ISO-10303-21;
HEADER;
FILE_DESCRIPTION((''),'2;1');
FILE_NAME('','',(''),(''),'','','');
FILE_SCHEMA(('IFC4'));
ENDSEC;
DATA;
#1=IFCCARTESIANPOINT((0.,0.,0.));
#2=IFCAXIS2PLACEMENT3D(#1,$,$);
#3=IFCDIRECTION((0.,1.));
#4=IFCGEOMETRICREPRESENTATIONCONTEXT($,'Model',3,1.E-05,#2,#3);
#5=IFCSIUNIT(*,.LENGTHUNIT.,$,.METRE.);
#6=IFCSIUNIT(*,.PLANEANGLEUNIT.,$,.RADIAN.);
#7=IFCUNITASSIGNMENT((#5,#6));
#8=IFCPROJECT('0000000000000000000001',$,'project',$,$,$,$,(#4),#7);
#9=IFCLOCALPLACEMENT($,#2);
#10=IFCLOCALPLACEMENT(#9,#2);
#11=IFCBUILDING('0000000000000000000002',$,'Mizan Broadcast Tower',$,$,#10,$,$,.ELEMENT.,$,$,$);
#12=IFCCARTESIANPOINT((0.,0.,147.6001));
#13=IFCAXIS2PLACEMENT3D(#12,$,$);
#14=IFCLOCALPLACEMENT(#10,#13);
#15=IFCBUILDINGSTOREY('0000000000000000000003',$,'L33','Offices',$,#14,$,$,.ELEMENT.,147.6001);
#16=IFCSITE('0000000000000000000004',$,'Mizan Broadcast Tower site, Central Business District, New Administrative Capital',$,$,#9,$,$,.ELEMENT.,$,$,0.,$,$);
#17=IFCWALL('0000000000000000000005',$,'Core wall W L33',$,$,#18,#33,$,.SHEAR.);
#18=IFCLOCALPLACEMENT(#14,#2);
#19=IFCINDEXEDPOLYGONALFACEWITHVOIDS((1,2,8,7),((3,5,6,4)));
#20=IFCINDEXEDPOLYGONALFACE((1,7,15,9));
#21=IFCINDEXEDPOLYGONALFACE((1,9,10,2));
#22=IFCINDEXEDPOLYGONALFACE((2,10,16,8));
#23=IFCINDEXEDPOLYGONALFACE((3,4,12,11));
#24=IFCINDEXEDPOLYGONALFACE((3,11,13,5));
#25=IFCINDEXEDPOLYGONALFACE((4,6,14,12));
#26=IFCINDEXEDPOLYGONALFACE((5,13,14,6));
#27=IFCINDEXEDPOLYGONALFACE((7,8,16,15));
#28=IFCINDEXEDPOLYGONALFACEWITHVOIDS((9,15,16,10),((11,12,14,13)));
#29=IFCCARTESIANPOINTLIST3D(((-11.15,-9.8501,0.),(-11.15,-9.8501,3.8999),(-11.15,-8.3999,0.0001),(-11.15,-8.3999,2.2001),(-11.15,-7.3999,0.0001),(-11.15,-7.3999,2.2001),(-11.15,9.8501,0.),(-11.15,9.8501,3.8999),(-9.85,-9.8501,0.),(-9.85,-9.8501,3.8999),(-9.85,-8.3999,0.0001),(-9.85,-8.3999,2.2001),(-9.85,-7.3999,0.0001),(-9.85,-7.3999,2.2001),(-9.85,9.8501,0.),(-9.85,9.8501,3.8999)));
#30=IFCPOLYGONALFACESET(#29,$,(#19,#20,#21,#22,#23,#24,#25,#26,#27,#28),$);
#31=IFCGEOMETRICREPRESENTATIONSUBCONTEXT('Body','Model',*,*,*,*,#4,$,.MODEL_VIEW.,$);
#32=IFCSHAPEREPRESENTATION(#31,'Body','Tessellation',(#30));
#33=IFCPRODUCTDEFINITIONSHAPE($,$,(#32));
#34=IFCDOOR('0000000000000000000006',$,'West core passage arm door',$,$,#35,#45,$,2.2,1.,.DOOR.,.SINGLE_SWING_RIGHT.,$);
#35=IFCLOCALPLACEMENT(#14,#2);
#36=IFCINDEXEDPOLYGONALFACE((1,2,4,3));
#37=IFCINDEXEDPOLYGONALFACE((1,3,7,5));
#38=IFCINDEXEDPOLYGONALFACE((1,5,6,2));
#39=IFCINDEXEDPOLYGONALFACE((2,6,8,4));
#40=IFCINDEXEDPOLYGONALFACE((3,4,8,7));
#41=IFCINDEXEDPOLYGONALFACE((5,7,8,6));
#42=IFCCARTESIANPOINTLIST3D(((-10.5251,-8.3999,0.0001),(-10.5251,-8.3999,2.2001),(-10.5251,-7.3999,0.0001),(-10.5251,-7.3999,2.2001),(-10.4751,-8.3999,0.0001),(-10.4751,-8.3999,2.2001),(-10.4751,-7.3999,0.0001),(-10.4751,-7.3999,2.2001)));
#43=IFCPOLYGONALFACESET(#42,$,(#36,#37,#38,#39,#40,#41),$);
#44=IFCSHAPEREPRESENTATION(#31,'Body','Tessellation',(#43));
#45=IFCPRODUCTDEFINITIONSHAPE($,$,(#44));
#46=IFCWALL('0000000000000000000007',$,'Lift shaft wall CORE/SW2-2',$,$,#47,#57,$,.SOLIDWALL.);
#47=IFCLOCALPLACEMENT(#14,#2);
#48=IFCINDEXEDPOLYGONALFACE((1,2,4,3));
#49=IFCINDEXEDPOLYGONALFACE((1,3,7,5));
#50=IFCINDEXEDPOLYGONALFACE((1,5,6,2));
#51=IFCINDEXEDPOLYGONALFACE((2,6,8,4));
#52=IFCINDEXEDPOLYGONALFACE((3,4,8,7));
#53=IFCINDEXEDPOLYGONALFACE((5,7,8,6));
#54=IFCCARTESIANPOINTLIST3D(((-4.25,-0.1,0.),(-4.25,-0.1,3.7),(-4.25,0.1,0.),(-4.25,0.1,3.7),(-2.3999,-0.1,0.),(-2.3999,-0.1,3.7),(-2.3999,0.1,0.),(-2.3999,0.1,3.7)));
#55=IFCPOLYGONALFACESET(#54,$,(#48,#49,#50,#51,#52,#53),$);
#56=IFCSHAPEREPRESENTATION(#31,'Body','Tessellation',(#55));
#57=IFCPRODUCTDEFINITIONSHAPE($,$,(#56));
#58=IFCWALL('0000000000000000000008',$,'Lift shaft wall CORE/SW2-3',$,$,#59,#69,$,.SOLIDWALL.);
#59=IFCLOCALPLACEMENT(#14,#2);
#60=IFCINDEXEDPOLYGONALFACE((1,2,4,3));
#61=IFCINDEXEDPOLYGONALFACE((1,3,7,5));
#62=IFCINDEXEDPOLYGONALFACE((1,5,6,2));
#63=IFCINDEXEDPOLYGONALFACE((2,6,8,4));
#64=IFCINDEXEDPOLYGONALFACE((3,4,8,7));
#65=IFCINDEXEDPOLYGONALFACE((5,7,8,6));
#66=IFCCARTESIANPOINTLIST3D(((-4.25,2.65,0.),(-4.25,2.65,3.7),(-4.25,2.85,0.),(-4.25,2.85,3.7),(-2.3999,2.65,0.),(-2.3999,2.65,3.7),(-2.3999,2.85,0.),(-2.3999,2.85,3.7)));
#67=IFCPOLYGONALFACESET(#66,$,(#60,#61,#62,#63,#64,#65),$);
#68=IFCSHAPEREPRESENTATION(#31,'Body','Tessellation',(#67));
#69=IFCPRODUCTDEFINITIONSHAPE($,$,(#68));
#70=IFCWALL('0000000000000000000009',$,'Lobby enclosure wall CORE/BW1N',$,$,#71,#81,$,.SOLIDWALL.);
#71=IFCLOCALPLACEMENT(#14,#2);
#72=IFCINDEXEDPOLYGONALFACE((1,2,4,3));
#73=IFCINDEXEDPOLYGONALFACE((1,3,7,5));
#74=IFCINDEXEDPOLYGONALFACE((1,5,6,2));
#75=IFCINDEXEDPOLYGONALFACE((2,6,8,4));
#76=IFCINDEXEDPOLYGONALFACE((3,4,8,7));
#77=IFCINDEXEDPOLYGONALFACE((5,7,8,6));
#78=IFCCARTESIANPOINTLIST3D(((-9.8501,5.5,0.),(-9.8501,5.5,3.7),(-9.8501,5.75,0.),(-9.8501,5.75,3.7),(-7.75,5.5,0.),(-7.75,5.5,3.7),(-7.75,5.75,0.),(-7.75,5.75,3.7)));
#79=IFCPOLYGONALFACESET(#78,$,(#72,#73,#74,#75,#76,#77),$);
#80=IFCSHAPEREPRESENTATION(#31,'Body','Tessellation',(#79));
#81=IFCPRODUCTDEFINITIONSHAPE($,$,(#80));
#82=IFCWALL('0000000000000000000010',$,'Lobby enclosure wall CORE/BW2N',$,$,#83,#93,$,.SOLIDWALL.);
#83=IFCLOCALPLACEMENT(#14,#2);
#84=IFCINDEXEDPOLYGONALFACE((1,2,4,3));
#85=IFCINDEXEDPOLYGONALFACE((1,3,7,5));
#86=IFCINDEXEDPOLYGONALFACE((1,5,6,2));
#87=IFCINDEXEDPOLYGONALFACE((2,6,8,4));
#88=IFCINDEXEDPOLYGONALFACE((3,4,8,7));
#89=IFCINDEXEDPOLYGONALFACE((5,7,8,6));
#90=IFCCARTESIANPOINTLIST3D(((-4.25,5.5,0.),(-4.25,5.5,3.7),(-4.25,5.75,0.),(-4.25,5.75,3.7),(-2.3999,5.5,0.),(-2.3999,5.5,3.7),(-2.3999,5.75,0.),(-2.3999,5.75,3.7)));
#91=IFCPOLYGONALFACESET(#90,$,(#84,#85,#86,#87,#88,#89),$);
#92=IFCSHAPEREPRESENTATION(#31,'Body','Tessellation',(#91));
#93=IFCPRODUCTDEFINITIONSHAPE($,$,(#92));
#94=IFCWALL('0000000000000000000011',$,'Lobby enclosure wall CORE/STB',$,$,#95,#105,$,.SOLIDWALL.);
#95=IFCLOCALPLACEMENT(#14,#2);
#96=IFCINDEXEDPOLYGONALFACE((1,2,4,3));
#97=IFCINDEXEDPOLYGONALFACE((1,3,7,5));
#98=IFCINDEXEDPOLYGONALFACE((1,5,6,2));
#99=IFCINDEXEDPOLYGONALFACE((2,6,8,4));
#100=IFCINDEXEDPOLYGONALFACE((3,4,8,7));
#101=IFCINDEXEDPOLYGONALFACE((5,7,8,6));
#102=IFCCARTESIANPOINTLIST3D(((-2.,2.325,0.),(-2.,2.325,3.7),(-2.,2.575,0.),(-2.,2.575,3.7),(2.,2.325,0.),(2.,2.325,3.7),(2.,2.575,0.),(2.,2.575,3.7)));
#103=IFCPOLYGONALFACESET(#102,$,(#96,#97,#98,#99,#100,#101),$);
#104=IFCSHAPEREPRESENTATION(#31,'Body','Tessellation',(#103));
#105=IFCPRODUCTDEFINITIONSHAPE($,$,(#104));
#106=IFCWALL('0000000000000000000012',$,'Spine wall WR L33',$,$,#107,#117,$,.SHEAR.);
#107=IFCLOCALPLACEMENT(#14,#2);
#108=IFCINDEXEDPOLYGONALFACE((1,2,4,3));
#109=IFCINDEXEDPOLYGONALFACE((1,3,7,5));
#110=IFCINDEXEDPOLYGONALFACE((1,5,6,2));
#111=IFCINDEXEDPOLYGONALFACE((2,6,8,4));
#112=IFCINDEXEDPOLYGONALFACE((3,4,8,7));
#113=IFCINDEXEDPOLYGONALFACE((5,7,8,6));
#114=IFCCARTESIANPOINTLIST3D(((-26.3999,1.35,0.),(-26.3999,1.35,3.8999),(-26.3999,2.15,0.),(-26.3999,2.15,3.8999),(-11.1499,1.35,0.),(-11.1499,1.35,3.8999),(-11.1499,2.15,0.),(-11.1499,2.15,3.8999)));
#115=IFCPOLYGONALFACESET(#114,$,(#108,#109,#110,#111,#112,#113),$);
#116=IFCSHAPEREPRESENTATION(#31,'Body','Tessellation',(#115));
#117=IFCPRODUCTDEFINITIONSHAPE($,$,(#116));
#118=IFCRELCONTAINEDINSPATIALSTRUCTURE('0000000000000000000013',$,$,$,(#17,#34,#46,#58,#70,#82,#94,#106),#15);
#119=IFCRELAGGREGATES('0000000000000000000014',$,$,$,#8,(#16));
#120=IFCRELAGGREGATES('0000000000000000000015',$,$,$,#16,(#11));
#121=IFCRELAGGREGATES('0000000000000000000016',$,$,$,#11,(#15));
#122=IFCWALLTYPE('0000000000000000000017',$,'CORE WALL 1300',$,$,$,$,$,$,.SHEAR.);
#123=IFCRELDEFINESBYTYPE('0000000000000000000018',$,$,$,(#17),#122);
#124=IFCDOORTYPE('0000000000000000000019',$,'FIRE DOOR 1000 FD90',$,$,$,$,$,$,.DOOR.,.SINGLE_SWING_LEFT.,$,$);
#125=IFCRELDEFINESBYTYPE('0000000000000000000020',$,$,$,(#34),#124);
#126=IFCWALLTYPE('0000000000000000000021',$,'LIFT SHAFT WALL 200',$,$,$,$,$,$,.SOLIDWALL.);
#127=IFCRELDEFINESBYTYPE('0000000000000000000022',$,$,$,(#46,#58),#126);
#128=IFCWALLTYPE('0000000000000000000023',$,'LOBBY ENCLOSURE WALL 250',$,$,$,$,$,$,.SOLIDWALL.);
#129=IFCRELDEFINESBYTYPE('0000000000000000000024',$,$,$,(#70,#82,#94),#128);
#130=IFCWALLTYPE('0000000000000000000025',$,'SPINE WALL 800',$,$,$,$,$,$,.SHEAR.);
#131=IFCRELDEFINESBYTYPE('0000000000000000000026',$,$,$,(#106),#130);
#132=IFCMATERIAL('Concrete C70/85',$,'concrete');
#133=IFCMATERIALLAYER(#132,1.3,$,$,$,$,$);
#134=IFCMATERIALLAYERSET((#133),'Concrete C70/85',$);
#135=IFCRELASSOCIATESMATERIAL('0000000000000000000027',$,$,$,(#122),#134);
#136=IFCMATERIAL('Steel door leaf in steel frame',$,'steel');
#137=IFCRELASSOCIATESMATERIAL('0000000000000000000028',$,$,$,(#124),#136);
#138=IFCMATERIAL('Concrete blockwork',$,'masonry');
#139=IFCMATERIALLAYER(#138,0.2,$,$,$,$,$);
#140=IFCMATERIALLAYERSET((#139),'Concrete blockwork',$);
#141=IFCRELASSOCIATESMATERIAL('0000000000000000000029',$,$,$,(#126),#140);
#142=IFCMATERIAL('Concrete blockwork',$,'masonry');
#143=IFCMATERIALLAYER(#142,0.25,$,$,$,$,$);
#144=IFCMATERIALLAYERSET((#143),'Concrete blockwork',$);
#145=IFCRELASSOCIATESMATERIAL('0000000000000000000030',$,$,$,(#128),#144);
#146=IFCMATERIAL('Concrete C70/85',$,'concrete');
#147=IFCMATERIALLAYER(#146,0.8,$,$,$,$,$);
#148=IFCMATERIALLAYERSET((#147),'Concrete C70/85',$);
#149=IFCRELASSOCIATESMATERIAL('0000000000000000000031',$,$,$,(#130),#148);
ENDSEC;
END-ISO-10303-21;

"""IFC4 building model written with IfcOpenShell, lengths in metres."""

from ifc_helpers import new_model, si_unit, direction, frame, frame_2d, origin, place, context, subcontext, project, spatial, rectangle, extrude, material, layer, layer_set, type_object, element, fill, save


model = new_model("IFC4")

# Units and contexts
model_context = context("Model", 3, precision=1e-05, world=origin(), true_north=direction((0.0, 1.0)))
body_context = subcontext(model_context, "Body", "Model", "MODEL_VIEW")
ifc_project = project(units=[si_unit("LENGTHUNIT", "METRE"), si_unit("PLANEANGLEUNIT", "RADIAN")], contexts=[model_context])

# Site, building, storey
site_placement = place(None, origin())
site = spatial("IfcSite", under=ifc_project, at=site_placement, Name="Mizan Broadcast Tower site, Central Business District, New Administrative Capital", CompositionType="ELEMENT", RefElevation=0.0)
building_placement = place(site_placement, origin())
building = spatial("IfcBuilding", under=site, at=building_placement, Name="Mizan Broadcast Tower", CompositionType="ELEMENT")
storey_placement = place(building_placement, frame((0.0, 0.0, 147.6001)))
storey = spatial("IfcBuildingStorey", under=building, at=storey_placement, Name="L33", Description="Offices", CompositionType="ELEMENT", Elevation=147.6001)

# Shared definitions
ifc_material_1 = material(Name="Concrete C70/85", Category="concrete")
ifc_layer_1 = layer(ifc_material_1, 1.3)
ifc_layer_set_1 = layer_set([ifc_layer_1], Name="Concrete C70/85")
wall_type_1 = type_object("IfcWallType", Name="CORE WALL 1300", PredefinedType="SHEAR", material=ifc_layer_set_1)

# Wall, opening, door
wall_1_placement = place(storey_placement, frame((-10.5, 9.8501, 0.0), z_axis=(0.0, 0.0, 1.0), x_axis=(0.0, -1.0, 0.0)))
wall_1 = element("IfcWall", 1, at=wall_1_placement, inside=storey, type_object=wall_type_1, Name="Core wall W L33", PredefinedType="SHEAR", context=body_context, shape_type="SweptSolid", body=[
    extrude(rectangle(XDim=19.7002, YDim=1.3, at=frame_2d((9.8501, 0.0))), origin(), (0.0, 0.0, 1.0), 3.8999),
])
opening_1_placement = place(wall_1_placement, frame((17.25, 0.0, 0.0)))
opening_1 = element("IfcOpeningElement", 2, at=opening_1_placement, cuts=wall_1, PredefinedType="OPENING", context=body_context, shape_type="SweptSolid", body=[
    extrude(rectangle(XDim=1.0, YDim=2.2, at=frame_2d((0.5, 1.1001))), frame((0.0, 0.6599, 0.0), z_axis=(0.0, -1.0, 0.0), x_axis=(1.0, 0.0, 0.0)), (0.0, 0.0, 1.0), 1.3201),
])
ifc_material_2 = material(Name="Steel door leaf in steel frame", Category="steel")
door_type_1 = type_object("IfcDoorType", Name="FIRE DOOR 1000 FD90", OperationType="SINGLE_SWING_LEFT", PredefinedType="DOOR", material=ifc_material_2)
door_1_placement = place(opening_1_placement, origin())
door_1 = element("IfcDoor", 3, at=door_1_placement, inside=storey, type_object=door_type_1, Name="West core passage arm door", OperationType="SINGLE_SWING_RIGHT", OverallHeight=2.2, OverallWidth=1.0, PredefinedType="DOOR", context=body_context, shape_type="SweptSolid", body=[
    extrude(rectangle(XDim=1.0, YDim=2.2, at=frame_2d((0.5, 1.1001))), frame((0.0, 0.0249, 0.0), z_axis=(0.0, -1.0, 0.0), x_axis=(1.0, 0.0, 0.0)), (0.0, 0.0, 1.0), 0.05),
])
fill(opening_1, door_1)

# Walls
ifc_material_3 = material(Name="Concrete blockwork", Category="masonry")
ifc_layer_2 = layer(ifc_material_3, 0.2)
ifc_layer_set_2 = layer_set([ifc_layer_2], Name="Concrete blockwork")
wall_type_2 = type_object("IfcWallType", Name="LIFT SHAFT WALL 200", PredefinedType="SOLIDWALL", material=ifc_layer_set_2)
for number, where, z_axis, x_axis, name in (
    (4, (-4.25, 0.0, 0.0), (0.0, 0.0, 1.0), (1.0, 0.0, 0.0), "Lift shaft wall CORE/SW2-2"),
    (5, (-4.25, 2.75, 0.0), (0.0, 0.0, 1.0), (1.0, 0.0, 0.0), "Lift shaft wall CORE/SW2-3"),
):
    element("IfcWall", number, at=place(storey_placement, frame(where, z_axis=z_axis, x_axis=x_axis)), inside=storey, type_object=wall_type_2, Name=name, PredefinedType="SOLIDWALL", context=body_context, shape_type="SweptSolid", body=[
        extrude(rectangle(XDim=1.8501, YDim=0.2, at=frame_2d((0.925, 0.0))), origin(), (0.0, 0.0, 1.0), 3.7),
    ])
ifc_material_4 = material(Name="Concrete blockwork", Category="masonry")
ifc_layer_3 = layer(ifc_material_4, 0.25)
ifc_layer_set_3 = layer_set([ifc_layer_3], Name="Concrete blockwork")
wall_type_3 = type_object("IfcWallType", Name="LOBBY ENCLOSURE WALL 250", PredefinedType="SOLIDWALL", material=ifc_layer_set_3)
wall_2_placement = place(storey_placement, frame((-9.8501, 5.625, 0.0), z_axis=(0.0, 0.0, 1.0), x_axis=(1.0, 0.0, 0.0)))
element("IfcWall", 6, at=wall_2_placement, inside=storey, type_object=wall_type_3, Name="Lobby enclosure wall CORE/BW1N", PredefinedType="SOLIDWALL", context=body_context, shape_type="SweptSolid", body=[
    extrude(rectangle(XDim=2.1001, YDim=0.25, at=frame_2d((1.05, 0.0))), origin(), (0.0, 0.0, 1.0), 3.7),
])
wall_3_placement = place(storey_placement, frame((-4.25, 5.625, 0.0), z_axis=(0.0, 0.0, 1.0), x_axis=(1.0, 0.0, 0.0)))
element("IfcWall", 7, at=wall_3_placement, inside=storey, type_object=wall_type_3, Name="Lobby enclosure wall CORE/BW2N", PredefinedType="SOLIDWALL", context=body_context, shape_type="SweptSolid", body=[
    extrude(rectangle(XDim=1.8501, YDim=0.25, at=frame_2d((0.925, 0.0))), origin(), (0.0, 0.0, 1.0), 3.7),
])
wall_4_placement = place(storey_placement, frame((-2.0, 2.45, 0.0), z_axis=(0.0, 0.0, 1.0), x_axis=(1.0, 0.0, 0.0)))
element("IfcWall", 8, at=wall_4_placement, inside=storey, type_object=wall_type_3, Name="Lobby enclosure wall CORE/STB", PredefinedType="SOLIDWALL", context=body_context, shape_type="SweptSolid", body=[
    extrude(rectangle(XDim=4.0, YDim=0.25, at=frame_2d((2.0, 0.0))), origin(), (0.0, 0.0, 1.0), 3.7),
])
ifc_material_5 = material(Name="Concrete C70/85", Category="concrete")
ifc_layer_4 = layer(ifc_material_5, 0.8)
ifc_layer_set_4 = layer_set([ifc_layer_4], Name="Concrete C70/85")
wall_type_4 = type_object("IfcWallType", Name="SPINE WALL 800", PredefinedType="SHEAR", material=ifc_layer_set_4)
wall_5_placement = place(storey_placement, frame((-11.1499, 1.75, 0.0), z_axis=(0.0, 0.0, 1.0), x_axis=(-1.0, 0.0, 0.0)))
element("IfcWall", 9, at=wall_5_placement, inside=storey, type_object=wall_type_4, Name="Spine wall WR L33", PredefinedType="SHEAR", context=body_context, shape_type="SweptSolid", body=[
    extrude(rectangle(XDim=15.25, YDim=0.8, at=frame_2d((7.625, 0.0))), origin(), (0.0, 0.0, 1.0), 3.8999),
])

save(model, "model.ifc")
